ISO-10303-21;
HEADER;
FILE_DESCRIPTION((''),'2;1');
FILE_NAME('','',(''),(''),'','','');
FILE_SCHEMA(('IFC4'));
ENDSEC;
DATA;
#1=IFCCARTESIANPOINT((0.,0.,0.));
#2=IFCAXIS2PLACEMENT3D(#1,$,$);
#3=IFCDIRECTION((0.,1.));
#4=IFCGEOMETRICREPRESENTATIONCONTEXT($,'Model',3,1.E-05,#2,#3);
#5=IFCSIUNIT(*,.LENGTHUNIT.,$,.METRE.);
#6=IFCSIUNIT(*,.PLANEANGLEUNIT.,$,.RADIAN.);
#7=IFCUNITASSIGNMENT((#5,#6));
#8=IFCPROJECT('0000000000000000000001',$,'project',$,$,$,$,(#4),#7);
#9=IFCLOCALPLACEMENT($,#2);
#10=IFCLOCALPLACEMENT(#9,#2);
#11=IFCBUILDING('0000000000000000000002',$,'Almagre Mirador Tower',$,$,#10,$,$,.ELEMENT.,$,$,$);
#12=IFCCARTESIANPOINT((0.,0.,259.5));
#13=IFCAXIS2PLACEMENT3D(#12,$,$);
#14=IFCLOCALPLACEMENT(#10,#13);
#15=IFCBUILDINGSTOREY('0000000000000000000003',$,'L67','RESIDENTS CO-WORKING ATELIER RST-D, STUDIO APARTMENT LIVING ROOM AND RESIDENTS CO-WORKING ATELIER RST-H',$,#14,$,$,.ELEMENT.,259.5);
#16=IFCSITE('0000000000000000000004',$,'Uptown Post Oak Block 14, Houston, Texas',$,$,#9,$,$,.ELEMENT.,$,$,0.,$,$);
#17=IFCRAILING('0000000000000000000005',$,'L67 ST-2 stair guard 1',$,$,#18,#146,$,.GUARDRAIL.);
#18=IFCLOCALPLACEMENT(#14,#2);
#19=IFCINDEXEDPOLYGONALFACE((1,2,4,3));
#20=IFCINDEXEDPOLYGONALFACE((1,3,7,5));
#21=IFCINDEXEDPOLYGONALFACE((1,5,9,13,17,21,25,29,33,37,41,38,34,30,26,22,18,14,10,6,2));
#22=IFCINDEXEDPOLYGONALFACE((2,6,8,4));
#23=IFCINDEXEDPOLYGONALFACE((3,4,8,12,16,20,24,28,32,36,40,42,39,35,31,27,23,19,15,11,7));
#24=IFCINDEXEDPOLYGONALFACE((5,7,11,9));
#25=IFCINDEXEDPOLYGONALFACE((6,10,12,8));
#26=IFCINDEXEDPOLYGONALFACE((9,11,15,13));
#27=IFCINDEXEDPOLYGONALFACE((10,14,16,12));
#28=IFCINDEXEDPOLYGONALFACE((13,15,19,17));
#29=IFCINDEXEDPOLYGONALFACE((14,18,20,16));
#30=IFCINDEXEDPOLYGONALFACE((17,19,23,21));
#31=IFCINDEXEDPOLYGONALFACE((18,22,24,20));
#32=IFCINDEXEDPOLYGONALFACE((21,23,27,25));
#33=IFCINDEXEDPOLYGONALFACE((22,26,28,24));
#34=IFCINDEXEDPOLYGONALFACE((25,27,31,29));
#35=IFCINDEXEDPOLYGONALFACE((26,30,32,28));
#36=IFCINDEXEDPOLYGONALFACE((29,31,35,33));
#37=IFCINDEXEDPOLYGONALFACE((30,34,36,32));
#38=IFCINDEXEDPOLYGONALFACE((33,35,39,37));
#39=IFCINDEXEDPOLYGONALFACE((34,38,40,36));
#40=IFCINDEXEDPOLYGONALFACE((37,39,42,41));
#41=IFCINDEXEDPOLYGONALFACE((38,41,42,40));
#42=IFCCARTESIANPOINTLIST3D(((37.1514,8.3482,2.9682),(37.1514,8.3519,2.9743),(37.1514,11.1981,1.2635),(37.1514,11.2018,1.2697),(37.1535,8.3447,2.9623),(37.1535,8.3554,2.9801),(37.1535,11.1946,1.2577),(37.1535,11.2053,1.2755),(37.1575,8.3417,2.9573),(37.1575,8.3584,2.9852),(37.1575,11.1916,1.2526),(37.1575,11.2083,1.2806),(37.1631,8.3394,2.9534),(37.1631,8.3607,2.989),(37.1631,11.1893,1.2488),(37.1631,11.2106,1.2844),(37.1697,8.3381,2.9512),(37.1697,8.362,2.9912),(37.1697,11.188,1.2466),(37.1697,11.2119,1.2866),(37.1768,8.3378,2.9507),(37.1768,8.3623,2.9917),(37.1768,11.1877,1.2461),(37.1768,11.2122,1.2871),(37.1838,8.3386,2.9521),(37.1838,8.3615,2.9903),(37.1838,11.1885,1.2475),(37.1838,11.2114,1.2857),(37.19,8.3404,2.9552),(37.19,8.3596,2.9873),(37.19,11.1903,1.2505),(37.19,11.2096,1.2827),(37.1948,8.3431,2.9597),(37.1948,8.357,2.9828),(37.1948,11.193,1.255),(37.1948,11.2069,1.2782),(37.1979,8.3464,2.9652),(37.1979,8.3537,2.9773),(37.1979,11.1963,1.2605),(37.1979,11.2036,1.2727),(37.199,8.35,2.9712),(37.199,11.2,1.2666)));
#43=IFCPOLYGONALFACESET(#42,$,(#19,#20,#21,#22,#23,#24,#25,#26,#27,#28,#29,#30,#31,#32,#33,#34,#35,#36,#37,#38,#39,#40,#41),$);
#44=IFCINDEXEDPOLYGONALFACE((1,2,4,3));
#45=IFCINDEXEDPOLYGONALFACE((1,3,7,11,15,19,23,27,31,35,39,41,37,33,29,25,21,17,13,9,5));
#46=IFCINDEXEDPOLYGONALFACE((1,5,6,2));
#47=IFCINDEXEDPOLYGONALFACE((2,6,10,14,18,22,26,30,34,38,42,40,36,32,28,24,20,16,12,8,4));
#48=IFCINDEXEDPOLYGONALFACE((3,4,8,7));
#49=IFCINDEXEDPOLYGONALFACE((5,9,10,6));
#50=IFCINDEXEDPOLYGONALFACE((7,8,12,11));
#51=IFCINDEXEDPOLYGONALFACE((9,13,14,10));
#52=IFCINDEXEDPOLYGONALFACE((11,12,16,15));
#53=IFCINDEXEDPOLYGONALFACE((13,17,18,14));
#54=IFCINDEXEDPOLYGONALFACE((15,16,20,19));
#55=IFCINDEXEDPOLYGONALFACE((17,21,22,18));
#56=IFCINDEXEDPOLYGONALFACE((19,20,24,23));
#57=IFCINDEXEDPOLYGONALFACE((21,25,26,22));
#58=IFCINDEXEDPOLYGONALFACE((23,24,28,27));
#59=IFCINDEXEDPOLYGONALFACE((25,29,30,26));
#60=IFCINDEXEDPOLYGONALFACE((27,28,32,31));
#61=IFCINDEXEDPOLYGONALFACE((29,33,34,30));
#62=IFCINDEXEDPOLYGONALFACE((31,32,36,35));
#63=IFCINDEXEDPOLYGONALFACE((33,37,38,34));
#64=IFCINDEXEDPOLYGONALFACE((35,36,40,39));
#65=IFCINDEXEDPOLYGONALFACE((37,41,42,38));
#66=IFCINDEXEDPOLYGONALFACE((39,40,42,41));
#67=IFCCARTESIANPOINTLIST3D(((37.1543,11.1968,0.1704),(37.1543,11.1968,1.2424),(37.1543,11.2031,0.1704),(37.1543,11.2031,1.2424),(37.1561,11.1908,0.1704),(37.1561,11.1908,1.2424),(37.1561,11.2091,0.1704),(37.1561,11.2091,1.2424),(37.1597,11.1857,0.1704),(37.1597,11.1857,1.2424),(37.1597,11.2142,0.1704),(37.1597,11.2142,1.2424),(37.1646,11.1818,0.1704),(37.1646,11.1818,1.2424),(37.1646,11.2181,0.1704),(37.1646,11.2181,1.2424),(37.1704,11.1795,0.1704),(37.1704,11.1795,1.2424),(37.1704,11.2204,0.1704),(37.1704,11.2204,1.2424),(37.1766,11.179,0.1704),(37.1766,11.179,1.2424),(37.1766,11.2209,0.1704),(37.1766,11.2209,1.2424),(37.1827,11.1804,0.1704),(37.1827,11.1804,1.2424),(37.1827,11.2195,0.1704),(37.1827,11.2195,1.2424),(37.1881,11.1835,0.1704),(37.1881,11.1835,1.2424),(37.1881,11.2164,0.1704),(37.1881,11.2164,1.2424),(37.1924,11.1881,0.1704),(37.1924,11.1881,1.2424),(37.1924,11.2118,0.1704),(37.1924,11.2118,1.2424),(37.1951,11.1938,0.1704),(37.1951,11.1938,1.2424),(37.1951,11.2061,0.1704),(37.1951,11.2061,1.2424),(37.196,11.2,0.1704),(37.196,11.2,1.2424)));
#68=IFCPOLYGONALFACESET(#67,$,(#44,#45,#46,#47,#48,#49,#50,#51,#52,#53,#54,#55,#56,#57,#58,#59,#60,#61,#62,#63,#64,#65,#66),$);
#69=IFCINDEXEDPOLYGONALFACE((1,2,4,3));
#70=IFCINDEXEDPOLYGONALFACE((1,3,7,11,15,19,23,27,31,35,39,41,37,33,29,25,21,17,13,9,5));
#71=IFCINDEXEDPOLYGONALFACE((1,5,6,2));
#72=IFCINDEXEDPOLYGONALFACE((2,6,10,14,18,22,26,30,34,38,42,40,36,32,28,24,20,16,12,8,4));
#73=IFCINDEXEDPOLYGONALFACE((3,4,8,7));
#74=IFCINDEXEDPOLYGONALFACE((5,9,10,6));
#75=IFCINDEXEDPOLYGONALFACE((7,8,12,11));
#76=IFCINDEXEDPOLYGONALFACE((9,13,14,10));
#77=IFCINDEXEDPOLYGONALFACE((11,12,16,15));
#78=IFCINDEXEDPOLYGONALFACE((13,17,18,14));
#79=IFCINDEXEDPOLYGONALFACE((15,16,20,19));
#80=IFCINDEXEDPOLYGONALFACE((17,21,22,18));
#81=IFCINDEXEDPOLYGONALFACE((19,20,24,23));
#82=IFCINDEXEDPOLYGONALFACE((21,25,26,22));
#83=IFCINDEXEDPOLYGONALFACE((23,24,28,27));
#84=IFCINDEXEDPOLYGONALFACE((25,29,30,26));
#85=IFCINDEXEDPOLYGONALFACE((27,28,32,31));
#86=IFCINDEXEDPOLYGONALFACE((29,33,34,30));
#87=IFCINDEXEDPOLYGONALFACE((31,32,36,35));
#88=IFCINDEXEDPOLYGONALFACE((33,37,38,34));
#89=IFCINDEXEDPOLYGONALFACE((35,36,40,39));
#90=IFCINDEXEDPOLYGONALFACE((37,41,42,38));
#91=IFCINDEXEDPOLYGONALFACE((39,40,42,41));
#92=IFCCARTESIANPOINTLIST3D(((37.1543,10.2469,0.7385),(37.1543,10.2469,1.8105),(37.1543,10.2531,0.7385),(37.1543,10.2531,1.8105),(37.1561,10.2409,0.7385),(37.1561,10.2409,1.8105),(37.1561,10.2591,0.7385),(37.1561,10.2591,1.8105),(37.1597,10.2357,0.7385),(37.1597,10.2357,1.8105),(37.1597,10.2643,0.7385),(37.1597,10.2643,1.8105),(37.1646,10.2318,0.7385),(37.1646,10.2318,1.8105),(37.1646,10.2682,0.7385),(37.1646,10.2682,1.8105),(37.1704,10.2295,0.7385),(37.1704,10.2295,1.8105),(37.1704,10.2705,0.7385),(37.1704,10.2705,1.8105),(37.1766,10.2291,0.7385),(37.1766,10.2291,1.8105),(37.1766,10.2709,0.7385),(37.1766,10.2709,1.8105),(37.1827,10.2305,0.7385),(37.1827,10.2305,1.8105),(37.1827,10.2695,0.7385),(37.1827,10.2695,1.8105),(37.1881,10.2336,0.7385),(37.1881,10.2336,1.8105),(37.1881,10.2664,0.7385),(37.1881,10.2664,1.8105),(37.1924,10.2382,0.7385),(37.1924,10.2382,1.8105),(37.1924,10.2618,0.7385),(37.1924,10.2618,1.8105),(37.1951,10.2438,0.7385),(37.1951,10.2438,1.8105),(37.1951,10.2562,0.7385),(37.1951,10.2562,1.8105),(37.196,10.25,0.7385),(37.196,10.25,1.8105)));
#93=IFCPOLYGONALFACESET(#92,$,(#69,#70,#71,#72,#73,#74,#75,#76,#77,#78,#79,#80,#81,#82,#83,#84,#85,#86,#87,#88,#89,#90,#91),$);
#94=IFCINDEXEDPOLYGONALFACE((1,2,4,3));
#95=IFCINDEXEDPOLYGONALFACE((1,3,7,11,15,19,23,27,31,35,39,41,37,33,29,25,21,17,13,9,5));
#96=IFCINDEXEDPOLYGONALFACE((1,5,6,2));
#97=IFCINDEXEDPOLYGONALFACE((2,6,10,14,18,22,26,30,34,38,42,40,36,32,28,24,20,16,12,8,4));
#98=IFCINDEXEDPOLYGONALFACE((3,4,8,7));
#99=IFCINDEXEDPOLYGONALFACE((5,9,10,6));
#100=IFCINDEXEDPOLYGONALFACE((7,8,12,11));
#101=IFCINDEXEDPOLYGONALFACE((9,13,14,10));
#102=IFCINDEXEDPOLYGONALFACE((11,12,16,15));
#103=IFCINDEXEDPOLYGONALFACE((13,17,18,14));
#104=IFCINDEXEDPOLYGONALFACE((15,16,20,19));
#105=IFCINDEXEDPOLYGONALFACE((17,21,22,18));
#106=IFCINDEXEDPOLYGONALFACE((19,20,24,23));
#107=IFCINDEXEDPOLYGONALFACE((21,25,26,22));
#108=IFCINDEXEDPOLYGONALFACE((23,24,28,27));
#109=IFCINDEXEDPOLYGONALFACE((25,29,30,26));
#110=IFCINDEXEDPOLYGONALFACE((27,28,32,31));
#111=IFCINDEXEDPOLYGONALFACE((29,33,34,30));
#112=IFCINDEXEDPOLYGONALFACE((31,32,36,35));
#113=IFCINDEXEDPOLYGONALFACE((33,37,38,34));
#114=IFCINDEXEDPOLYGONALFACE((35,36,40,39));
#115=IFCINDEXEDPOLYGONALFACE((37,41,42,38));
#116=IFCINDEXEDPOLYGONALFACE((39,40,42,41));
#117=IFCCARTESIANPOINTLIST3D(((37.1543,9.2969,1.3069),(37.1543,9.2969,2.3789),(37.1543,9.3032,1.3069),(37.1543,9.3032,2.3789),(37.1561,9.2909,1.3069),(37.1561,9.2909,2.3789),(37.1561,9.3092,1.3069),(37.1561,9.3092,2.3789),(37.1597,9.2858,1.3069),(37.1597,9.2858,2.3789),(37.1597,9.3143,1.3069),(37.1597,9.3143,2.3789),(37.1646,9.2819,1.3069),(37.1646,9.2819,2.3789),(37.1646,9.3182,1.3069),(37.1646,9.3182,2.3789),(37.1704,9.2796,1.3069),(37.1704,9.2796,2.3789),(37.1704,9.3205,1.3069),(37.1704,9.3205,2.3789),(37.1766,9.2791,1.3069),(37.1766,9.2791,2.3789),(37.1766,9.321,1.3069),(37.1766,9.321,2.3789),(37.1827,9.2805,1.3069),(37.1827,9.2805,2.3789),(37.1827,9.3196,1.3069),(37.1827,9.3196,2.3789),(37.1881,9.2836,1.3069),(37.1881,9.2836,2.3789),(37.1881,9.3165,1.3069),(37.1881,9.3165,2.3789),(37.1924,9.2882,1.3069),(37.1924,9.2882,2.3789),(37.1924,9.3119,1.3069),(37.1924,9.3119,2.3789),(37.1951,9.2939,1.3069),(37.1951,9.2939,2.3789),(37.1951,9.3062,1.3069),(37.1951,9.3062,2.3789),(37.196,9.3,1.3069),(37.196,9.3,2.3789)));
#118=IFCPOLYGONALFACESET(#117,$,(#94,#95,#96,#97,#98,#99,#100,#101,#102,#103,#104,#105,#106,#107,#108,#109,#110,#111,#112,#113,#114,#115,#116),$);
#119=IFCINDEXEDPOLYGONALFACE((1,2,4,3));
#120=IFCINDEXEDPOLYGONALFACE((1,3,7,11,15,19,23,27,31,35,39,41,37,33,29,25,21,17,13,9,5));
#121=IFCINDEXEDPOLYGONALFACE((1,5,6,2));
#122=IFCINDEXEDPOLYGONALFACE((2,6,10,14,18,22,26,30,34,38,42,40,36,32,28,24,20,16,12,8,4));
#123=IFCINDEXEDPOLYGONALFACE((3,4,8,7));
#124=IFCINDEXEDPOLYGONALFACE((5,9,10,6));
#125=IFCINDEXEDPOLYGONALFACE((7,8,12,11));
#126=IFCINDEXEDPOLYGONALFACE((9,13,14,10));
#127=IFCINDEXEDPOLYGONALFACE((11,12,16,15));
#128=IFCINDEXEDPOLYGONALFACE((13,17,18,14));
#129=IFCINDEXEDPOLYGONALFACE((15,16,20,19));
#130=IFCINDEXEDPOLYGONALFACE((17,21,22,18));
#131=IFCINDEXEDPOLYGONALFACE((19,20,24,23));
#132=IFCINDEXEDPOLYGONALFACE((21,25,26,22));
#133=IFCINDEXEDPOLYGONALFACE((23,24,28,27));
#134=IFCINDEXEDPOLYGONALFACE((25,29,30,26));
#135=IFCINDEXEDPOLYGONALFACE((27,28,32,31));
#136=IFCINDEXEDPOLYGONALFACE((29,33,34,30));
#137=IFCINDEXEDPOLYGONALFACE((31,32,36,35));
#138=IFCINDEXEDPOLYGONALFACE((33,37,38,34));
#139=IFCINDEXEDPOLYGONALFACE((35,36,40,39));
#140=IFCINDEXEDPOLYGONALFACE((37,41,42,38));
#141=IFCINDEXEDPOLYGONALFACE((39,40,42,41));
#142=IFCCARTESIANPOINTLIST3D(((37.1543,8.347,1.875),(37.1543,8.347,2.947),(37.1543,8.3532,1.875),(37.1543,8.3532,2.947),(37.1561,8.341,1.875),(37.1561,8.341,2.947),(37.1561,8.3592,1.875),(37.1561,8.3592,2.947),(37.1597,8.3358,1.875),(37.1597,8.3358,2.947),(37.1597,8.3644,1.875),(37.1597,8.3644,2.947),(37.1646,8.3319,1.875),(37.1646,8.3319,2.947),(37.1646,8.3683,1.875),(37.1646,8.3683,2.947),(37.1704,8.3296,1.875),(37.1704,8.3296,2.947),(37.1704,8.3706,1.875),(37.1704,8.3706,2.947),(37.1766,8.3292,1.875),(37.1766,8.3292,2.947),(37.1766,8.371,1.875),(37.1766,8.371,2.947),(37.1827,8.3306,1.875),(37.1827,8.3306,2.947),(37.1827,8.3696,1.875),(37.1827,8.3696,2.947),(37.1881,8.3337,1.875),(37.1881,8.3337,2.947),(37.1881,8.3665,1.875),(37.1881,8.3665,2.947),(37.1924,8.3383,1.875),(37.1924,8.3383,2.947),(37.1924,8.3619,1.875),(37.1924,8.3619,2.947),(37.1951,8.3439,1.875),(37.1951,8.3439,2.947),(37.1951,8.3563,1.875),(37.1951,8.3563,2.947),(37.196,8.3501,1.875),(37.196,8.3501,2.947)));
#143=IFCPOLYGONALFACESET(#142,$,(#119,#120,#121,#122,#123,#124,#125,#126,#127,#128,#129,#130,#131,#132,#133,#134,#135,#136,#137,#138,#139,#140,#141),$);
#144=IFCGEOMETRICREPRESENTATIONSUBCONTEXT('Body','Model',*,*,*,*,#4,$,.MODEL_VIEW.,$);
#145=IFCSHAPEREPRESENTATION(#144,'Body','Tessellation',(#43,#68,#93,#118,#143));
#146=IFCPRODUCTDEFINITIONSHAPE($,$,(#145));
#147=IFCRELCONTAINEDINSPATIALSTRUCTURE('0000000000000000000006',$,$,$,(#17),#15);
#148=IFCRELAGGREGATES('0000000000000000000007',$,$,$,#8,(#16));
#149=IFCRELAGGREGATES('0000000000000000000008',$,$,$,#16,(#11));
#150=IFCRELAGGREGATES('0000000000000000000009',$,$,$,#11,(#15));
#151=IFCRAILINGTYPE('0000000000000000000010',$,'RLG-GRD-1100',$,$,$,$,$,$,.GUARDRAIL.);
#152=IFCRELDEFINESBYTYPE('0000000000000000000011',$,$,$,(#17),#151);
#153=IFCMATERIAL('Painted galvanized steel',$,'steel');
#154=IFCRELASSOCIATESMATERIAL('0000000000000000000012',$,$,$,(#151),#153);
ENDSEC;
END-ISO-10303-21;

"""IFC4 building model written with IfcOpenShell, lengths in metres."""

from ifc_helpers import new_model, si_unit, direction, frame, origin, origin_2d, place, context, subcontext, project, spatial, circle, extrude, material, type_object, element, save


model = new_model("IFC4")

# Units and contexts
model_context = context("Model", 3, precision=1e-05, world=origin(), true_north=direction((0.0, 1.0)))
body_context = subcontext(model_context, "Body", "Model", "MODEL_VIEW")
ifc_project = project(units=[si_unit("LENGTHUNIT", "METRE"), si_unit("PLANEANGLEUNIT", "RADIAN")], contexts=[model_context])

# Site, building, storey
site_placement = place(None, origin())
site = spatial("IfcSite", under=ifc_project, at=site_placement, Name="Uptown Post Oak Block 14, Houston, Texas", CompositionType="ELEMENT", RefElevation=0.0)
building_placement = place(site_placement, origin())
building = spatial("IfcBuilding", under=site, at=building_placement, Name="Almagre Mirador Tower", CompositionType="ELEMENT")
storey_placement = place(building_placement, frame((0.0, 0.0, 259.5)))
storey = spatial("IfcBuildingStorey", under=building, at=storey_placement, Name="L67", Description="RESIDENTS CO-WORKING ATELIER RST-D, STUDIO APARTMENT LIVING ROOM AND RESIDENTS CO-WORKING ATELIER RST-H", CompositionType="ELEMENT", Elevation=259.5)

# Railing
ifc_material_1 = material(Name="Painted galvanized steel", Category="steel")
railing_type_1 = type_object("IfcRailingType", Name="RLG-GRD-1100", PredefinedType="GUARDRAIL", material=ifc_material_1)
railing_1_placement = place(storey_placement, frame((37.175, 11.2, 0.1704)))
element("IfcRailing", 1, at=railing_1_placement, inside=storey, type_object=railing_type_1, Name="L67 ST-2 stair guard 1", PredefinedType="GUARDRAIL", context=body_context, shape_type="SweptSolid", body=[
    extrude(circle(Radius=0.0239, at=origin_2d()), frame((0.0, 0.0, 1.0962), z_axis=(0.0, -0.858199, 0.513317), x_axis=(1.0, 0.0, 0.0)), (0.0, 0.0, 1.0), 3.3208),
    extrude(circle(Radius=0.021, at=origin_2d()), origin(), (0.0, 0.0, 1.0), 1.072),
    extrude(circle(Radius=0.021, at=origin_2d()), frame((0.0, -0.95, 0.5681)), (0.0, 0.0, 1.0), 1.072),
    extrude(circle(Radius=0.021, at=origin_2d()), frame((0.0, -1.8999, 1.1365)), (0.0, 0.0, 1.0), 1.072),
    extrude(circle(Radius=0.021, at=origin_2d()), frame((0.0, -2.8499, 1.7046)), (0.0, 0.0, 1.0), 1.072),
])

save(model, "model.ifc")
